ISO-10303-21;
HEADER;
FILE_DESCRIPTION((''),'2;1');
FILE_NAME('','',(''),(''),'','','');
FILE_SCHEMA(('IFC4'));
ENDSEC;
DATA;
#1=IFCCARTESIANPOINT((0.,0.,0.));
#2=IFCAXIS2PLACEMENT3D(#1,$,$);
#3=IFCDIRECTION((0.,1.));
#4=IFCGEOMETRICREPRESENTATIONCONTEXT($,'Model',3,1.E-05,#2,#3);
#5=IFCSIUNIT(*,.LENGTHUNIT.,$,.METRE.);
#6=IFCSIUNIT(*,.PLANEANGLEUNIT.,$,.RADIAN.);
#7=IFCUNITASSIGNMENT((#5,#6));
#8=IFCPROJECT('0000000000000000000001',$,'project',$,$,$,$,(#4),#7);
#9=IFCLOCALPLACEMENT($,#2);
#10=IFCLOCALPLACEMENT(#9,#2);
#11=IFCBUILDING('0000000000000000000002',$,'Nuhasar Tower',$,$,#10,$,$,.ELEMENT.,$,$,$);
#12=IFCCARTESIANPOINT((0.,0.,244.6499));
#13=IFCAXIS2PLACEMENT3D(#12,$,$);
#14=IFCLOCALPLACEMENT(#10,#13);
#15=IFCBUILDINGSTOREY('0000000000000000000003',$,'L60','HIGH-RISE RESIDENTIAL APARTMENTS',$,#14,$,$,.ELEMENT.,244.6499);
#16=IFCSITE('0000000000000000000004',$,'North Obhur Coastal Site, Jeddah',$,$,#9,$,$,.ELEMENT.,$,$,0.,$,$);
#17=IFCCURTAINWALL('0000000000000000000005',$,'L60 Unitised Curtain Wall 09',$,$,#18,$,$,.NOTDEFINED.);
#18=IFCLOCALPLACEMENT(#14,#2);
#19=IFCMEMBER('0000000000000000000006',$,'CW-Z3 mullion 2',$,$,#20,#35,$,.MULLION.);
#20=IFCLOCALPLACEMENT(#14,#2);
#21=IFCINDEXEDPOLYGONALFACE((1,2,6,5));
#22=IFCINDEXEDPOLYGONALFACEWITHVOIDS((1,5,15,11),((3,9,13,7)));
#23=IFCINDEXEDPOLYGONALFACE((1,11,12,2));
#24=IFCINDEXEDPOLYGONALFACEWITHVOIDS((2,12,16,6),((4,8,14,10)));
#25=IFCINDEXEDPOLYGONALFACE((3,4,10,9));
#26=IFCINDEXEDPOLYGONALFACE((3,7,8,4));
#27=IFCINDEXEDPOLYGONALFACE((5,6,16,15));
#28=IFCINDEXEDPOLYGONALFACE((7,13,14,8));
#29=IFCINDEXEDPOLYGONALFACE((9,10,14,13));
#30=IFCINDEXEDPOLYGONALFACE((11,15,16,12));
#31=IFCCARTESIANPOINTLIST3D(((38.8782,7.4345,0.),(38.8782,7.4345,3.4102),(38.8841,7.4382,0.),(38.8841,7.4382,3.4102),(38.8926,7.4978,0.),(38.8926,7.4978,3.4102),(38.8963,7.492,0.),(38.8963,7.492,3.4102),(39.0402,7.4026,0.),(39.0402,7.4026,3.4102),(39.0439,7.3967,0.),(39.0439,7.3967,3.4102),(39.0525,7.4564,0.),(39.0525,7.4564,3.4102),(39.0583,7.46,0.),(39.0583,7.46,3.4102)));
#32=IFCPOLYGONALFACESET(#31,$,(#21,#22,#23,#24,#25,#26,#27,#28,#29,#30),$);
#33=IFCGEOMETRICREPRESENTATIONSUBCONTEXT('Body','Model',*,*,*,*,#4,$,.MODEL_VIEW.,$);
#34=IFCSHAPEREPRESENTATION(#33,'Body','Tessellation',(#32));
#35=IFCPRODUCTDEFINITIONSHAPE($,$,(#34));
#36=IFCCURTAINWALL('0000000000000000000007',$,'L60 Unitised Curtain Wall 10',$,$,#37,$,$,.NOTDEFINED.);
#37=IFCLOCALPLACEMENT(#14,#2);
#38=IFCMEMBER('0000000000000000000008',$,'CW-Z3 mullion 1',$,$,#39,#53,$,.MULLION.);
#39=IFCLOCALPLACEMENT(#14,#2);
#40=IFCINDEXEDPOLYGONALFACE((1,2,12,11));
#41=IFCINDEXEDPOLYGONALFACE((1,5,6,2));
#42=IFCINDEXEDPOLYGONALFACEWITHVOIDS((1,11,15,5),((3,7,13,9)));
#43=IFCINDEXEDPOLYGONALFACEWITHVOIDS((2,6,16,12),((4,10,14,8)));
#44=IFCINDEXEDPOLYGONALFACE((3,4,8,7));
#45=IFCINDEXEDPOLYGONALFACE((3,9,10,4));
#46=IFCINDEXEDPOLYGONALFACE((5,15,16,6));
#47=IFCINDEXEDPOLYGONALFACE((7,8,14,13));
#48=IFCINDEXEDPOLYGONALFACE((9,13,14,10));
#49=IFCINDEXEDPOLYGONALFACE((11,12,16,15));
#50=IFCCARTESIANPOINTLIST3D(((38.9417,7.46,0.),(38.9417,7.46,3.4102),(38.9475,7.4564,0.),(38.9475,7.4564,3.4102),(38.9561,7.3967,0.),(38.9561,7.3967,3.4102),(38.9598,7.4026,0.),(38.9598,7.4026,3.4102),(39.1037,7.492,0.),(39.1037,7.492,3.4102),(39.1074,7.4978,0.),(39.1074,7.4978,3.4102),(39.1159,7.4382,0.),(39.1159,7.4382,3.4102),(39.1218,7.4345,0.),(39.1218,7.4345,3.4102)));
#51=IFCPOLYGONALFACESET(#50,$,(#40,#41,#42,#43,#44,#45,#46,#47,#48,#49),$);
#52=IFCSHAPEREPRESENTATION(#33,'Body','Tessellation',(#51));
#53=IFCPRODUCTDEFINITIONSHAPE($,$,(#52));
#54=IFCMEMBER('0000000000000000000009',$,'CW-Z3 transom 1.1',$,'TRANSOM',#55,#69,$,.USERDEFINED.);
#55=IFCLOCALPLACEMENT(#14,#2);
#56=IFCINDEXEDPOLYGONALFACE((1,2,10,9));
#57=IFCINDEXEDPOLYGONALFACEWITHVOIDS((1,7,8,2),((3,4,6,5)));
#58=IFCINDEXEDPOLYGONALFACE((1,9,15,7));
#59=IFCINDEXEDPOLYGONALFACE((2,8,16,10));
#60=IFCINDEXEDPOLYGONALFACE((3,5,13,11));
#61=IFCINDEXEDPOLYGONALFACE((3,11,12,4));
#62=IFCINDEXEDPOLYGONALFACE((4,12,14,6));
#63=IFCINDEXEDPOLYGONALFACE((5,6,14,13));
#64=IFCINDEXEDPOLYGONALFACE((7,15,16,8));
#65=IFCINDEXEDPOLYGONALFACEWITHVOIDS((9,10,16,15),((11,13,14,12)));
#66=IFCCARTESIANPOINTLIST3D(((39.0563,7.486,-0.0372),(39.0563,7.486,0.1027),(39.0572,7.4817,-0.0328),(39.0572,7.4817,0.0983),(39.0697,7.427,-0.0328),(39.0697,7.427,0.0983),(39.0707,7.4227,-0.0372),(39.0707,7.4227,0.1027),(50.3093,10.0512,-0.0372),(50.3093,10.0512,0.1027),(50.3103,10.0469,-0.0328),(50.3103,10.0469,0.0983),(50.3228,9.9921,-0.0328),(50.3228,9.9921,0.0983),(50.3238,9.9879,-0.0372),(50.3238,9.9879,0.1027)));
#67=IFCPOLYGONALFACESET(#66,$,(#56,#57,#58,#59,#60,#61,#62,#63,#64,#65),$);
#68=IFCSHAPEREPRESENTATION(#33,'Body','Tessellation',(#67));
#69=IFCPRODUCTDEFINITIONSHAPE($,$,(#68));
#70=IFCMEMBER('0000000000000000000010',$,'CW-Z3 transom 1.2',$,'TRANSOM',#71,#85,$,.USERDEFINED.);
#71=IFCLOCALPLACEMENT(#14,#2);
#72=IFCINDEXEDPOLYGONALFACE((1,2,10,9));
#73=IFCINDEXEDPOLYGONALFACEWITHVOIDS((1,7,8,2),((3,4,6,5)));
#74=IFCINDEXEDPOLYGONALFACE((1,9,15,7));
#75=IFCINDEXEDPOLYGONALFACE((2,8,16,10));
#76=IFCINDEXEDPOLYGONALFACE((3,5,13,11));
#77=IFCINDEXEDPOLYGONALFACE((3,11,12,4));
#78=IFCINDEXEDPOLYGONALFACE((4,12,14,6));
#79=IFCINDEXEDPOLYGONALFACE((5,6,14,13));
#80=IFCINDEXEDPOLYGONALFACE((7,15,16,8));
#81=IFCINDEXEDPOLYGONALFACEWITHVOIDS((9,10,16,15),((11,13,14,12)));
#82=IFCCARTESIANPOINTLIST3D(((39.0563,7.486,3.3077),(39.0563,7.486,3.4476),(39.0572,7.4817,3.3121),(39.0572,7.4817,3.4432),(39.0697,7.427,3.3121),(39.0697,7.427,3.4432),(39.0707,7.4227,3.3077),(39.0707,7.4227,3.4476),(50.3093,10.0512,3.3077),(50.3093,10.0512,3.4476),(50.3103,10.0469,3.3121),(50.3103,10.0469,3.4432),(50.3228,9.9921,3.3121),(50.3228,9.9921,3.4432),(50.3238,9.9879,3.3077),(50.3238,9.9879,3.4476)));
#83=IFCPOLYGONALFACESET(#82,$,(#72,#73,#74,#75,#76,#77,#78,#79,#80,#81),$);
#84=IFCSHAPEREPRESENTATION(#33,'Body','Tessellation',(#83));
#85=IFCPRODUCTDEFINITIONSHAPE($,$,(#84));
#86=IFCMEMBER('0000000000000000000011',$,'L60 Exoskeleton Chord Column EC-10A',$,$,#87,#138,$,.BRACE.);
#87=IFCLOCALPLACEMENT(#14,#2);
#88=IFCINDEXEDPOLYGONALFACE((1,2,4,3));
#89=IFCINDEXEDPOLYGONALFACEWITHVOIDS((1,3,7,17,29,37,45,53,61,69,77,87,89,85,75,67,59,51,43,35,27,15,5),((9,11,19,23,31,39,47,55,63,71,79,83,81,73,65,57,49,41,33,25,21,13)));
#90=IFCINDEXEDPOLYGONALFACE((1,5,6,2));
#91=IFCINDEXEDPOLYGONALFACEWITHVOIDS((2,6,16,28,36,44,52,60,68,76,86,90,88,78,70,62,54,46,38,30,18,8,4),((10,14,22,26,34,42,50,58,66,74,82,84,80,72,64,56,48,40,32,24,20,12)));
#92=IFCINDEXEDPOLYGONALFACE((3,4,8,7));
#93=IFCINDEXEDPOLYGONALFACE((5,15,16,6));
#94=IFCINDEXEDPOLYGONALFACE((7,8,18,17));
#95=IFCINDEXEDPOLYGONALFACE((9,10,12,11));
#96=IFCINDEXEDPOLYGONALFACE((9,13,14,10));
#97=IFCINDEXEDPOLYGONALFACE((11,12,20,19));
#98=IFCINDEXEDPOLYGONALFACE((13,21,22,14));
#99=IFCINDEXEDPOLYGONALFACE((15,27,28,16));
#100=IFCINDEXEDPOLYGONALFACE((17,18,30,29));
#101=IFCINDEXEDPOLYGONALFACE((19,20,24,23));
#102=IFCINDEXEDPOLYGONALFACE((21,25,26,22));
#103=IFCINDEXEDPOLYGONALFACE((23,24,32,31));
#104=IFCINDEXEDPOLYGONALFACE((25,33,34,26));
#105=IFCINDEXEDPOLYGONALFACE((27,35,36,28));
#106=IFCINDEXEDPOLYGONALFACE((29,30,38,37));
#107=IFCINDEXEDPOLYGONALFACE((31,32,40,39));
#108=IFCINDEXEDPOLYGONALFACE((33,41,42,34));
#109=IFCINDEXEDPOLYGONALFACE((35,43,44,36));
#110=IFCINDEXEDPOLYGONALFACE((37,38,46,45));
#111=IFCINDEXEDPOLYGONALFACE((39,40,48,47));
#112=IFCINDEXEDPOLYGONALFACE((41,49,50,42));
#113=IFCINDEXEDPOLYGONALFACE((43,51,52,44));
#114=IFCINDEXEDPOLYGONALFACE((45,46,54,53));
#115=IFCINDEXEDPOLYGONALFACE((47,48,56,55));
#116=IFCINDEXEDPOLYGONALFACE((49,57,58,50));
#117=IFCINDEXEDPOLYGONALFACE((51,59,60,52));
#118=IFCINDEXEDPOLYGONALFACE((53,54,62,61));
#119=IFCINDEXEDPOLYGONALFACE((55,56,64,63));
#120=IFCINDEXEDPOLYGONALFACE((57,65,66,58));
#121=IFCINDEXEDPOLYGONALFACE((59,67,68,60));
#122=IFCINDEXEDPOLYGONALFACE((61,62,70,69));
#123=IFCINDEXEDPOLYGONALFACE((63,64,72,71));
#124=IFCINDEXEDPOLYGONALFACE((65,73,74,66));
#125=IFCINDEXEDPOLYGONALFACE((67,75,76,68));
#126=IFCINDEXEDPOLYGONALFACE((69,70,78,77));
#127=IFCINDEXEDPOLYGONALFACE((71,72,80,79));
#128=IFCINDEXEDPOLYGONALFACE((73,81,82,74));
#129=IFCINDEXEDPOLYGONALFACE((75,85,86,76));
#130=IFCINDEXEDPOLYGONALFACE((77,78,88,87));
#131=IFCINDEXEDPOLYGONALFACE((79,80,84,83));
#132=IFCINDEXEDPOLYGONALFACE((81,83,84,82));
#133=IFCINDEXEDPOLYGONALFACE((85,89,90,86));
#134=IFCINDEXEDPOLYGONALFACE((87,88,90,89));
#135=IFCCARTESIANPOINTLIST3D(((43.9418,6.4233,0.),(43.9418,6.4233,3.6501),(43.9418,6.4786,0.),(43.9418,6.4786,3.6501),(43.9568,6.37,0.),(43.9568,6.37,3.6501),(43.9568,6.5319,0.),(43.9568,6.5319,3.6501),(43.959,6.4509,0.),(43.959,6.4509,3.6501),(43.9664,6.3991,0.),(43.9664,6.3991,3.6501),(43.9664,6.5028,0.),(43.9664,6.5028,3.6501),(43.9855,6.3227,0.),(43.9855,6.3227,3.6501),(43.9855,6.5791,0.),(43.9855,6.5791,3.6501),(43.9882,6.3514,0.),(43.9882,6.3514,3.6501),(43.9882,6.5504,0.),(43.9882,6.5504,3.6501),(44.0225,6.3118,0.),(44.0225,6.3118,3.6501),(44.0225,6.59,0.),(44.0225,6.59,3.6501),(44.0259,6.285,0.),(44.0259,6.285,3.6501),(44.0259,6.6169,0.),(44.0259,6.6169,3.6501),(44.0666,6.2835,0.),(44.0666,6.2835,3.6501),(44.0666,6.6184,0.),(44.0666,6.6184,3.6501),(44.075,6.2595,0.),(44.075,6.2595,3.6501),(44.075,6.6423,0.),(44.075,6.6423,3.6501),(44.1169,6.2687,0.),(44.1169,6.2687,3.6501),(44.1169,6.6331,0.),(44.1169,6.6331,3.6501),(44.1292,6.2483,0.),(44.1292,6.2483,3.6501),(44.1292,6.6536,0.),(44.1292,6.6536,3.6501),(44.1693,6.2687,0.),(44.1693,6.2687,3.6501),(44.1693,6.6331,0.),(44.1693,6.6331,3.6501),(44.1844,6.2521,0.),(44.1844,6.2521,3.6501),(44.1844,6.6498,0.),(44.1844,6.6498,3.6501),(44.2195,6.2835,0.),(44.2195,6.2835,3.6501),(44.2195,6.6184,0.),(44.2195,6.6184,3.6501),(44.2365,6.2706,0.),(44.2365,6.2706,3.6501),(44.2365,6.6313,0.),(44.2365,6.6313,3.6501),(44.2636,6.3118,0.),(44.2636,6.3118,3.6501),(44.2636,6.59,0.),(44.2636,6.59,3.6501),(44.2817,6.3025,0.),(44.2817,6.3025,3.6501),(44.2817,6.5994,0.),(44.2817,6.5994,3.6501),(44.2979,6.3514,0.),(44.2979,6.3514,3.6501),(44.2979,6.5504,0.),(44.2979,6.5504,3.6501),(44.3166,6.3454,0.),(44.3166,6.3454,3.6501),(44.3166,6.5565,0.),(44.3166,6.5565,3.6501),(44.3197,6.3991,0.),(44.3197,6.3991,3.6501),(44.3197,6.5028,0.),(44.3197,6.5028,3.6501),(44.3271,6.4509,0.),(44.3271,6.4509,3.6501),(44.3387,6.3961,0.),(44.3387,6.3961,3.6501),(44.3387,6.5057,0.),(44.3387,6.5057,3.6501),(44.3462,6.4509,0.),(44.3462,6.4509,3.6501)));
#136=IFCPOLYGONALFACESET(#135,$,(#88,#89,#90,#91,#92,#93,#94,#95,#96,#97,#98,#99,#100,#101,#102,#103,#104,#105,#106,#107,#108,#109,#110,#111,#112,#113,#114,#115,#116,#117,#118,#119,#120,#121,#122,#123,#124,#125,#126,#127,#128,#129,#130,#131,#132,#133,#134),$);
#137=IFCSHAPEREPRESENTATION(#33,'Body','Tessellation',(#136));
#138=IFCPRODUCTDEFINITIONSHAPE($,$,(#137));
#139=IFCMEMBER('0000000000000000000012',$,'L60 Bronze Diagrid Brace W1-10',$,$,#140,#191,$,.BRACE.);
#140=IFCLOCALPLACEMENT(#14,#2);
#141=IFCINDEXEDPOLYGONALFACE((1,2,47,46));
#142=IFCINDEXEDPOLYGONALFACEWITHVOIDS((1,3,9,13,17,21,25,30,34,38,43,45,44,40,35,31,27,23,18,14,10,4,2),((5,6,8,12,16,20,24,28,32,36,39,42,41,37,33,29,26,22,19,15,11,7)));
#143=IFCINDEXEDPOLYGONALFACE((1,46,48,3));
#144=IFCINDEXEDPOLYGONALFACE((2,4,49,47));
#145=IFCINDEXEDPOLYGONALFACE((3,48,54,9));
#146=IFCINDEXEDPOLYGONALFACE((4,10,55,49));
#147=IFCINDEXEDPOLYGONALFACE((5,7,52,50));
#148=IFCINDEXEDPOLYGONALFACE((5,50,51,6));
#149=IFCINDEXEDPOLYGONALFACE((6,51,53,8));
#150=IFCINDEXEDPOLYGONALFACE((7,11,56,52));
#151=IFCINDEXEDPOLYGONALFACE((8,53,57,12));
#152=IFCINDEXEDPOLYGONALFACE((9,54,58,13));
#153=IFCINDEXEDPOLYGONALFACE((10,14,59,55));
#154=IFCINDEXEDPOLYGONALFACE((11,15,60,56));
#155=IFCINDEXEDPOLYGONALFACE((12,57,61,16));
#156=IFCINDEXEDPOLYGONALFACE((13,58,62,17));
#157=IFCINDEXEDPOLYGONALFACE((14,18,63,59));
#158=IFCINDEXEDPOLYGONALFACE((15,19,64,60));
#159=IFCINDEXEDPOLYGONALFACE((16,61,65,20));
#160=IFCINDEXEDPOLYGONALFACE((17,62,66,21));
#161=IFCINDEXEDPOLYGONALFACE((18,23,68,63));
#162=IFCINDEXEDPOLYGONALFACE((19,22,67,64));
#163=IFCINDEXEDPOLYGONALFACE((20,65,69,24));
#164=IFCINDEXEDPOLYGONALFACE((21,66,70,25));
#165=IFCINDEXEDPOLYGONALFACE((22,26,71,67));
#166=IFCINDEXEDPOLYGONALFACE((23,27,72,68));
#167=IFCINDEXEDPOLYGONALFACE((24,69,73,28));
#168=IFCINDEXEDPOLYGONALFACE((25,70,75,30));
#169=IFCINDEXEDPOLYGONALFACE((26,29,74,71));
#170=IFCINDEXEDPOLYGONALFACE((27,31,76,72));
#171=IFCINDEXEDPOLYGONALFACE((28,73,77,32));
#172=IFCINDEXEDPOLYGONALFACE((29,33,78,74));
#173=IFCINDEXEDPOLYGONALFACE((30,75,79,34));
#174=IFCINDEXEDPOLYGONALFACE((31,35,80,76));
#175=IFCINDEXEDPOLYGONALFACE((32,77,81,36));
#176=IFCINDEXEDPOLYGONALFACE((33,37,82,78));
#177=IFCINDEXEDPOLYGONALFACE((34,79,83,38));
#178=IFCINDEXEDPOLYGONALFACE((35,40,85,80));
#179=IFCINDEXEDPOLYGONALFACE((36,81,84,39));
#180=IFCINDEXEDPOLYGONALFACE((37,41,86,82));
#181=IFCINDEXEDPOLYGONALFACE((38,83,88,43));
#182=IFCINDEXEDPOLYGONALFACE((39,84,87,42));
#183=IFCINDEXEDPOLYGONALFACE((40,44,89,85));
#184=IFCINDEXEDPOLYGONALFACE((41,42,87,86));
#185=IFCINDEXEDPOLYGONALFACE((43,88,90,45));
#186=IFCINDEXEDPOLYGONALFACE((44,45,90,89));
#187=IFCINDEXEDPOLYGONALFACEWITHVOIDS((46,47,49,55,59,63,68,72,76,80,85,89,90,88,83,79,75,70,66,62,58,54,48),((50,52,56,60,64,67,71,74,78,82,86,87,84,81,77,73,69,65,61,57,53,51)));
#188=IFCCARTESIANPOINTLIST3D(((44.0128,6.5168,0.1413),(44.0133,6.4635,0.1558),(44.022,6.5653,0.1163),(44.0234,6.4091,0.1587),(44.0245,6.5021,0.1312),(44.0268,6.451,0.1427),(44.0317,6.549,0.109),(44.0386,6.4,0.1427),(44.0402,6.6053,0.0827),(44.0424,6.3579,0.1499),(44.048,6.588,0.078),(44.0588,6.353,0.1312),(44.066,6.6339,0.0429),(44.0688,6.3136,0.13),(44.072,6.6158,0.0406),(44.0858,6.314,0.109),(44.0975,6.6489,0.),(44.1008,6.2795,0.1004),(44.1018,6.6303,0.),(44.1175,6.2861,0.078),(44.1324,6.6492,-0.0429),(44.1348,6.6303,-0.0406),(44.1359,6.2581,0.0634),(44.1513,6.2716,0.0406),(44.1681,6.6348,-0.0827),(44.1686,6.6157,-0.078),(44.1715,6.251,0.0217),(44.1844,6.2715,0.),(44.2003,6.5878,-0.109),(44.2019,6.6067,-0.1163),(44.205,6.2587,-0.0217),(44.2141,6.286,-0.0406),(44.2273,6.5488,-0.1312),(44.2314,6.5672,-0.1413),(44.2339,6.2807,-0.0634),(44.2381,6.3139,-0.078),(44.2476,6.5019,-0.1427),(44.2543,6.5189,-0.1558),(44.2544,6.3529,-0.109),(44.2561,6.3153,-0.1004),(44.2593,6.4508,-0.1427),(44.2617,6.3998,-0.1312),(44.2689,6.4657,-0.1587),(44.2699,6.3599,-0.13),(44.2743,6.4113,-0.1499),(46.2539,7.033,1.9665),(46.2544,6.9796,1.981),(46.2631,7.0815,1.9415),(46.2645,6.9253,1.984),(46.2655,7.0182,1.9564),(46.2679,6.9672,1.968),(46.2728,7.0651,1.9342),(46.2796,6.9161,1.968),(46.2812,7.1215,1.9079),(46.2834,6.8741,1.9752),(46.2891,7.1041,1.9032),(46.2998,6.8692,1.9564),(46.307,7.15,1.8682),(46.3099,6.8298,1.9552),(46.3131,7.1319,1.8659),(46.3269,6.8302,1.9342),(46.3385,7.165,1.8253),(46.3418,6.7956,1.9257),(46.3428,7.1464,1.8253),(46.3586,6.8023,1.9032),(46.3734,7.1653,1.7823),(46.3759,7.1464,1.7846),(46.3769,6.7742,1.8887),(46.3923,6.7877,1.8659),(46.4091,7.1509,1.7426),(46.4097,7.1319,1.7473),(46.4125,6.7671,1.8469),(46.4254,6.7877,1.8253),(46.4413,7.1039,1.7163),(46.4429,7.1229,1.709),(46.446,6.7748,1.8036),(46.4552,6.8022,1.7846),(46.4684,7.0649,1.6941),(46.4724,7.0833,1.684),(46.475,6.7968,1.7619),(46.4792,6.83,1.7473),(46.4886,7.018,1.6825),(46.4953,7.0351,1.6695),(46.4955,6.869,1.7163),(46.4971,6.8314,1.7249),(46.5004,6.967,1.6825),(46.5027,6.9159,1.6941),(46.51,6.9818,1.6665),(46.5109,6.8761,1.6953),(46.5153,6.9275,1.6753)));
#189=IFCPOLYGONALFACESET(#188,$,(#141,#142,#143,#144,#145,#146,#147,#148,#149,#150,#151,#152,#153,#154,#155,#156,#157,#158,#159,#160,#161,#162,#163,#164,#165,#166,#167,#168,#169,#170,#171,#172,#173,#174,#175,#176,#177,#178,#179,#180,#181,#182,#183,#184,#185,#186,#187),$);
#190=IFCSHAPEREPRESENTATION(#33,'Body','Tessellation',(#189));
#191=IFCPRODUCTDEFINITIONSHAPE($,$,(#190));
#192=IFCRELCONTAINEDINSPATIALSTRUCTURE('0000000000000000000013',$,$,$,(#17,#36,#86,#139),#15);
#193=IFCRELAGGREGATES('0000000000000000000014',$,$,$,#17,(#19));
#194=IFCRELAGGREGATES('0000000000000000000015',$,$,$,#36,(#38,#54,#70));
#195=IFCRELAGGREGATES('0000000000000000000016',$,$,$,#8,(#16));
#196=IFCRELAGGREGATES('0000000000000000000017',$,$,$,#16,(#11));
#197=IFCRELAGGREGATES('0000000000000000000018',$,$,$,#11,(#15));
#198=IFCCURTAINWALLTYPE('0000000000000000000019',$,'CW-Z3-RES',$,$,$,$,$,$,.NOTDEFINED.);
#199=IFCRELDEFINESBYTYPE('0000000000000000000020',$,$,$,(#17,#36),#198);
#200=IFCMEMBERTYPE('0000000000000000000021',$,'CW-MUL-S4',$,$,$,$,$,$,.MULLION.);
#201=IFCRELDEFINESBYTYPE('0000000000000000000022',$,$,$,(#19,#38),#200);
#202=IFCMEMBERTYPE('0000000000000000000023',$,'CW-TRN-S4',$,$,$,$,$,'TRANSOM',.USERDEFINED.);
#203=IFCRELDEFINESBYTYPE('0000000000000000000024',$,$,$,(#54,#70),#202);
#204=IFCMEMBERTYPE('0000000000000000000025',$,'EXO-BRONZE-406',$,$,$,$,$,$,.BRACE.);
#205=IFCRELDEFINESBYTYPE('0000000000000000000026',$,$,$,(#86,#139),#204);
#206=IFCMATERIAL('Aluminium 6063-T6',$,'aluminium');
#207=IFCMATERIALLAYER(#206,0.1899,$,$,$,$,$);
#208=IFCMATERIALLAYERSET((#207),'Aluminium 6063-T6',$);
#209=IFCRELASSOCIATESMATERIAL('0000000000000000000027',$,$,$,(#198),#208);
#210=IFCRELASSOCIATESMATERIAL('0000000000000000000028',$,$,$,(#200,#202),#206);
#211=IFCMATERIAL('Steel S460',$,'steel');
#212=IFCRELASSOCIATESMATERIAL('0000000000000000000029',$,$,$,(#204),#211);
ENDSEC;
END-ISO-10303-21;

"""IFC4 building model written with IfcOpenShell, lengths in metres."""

from ifc_helpers import new_model, si_unit, direction, frame, origin, origin_2d, place, context, subcontext, project, spatial, hollow_rectangle, hollow_circle, extrude, material, layer, layer_set, material_profile, profile_set, type_object, element, aggregate, save


model = new_model("IFC4")

# Units and contexts
model_context = context("Model", 3, precision=1e-05, world=origin(), true_north=direction((0.0, 1.0)))
body_context = subcontext(model_context, "Body", "Model", "MODEL_VIEW")
ifc_project = project(units=[si_unit("LENGTHUNIT", "METRE"), si_unit("PLANEANGLEUNIT", "RADIAN")], contexts=[model_context])

# Site, building, storey
site_placement = place(None, origin())
site = spatial("IfcSite", under=ifc_project, at=site_placement, Name="North Obhur Coastal Site, Jeddah", CompositionType="ELEMENT", RefElevation=0.0)
building_placement = place(site_placement, origin())
building = spatial("IfcBuilding", under=site, at=building_placement, Name="Nuhasar Tower", CompositionType="ELEMENT")
storey_placement = place(building_placement, frame((0.0, 0.0, 244.6499)))
storey = spatial("IfcBuildingStorey", under=building, at=storey_placement, Name="L60", Description="HIGH-RISE RESIDENTIAL APARTMENTS", CompositionType="ELEMENT", Elevation=244.6499)

# Curtain wall, member
ifc_material_1 = material(Name="Aluminium 6063-T6", Category="aluminium")
ifc_layer_1 = layer(ifc_material_1, 0.1899)
ifc_layer_set_1 = layer_set([ifc_layer_1], Name="Aluminium 6063-T6")
curtain_wall_type = type_object("IfcCurtainWallType", Name="CW-Z3-RES", PredefinedType="NOTDEFINED", material=ifc_layer_set_1)
curtain_wall_1_placement = place(storey_placement, origin())
curtain_wall_1 = element("IfcCurtainWall", 1, at=curtain_wall_1_placement, inside=storey, type_object=curtain_wall_type, Name="L60 Unitised Curtain Wall 09", PredefinedType="NOTDEFINED")
ifc_material_profile_1 = material_profile(ifc_material_1, hollow_rectangle(XDim=0.0649, YDim=0.1699, WallThickness=0.0049, at=origin_2d()), Name="CWM-4")
ifc_profile_set_1 = profile_set([ifc_material_profile_1], Name="Aluminium 6063-T6")
member_type_1 = type_object("IfcMemberType", Name="CW-MUL-S4", PredefinedType="MULLION", material=ifc_profile_set_1)
member_1_placement = place(storey_placement, frame((38.9683, 7.4473, 0.0), z_axis=(0.0, 0.0, 1.0), x_axis=(0.222243, 0.974991, 0.0)))
member_1 = element("IfcMember", 2, at=member_1_placement, type_object=member_type_1, Name="CW-Z3 mullion 2", PredefinedType="MULLION", context=body_context, shape_type="SweptSolid", body=[
    extrude(hollow_rectangle(XDim=0.0649, YDim=0.1699, WallThickness=0.0049, at=origin_2d()), origin(), (0.0, 0.0, 1.0), 3.4102),
])
aggregate(curtain_wall_1, [member_1])

# Curtain wall, members
curtain_wall_2_placement = place(storey_placement, origin())
curtain_wall_2 = element("IfcCurtainWall", 3, at=curtain_wall_2_placement, inside=storey, type_object=curtain_wall_type, Name="L60 Unitised Curtain Wall 10", PredefinedType="NOTDEFINED")
member_2_placement = place(storey_placement, frame((39.0317, 7.4473, 0.0), z_axis=(0.0, 0.0, 1.0), x_axis=(-0.222243, 0.974991, 0.0)))
member_2 = element("IfcMember", 4, at=member_2_placement, type_object=member_type_1, Name="CW-Z3 mullion 1", PredefinedType="MULLION", context=body_context, shape_type="SweptSolid", body=[
    extrude(hollow_rectangle(XDim=0.0649, YDim=0.1699, WallThickness=0.0049, at=origin_2d()), origin(), (0.0, 0.0, 1.0), 3.4102),
])
ifc_material_profile_2 = material_profile(ifc_material_1, hollow_rectangle(XDim=0.0649, YDim=0.1399, WallThickness=0.0044, at=origin_2d()), Name="CWT-4")
ifc_profile_set_2 = profile_set([ifc_material_profile_2], Name="Aluminium 6063-T6")
member_type_2 = type_object("IfcMemberType", Name="CW-TRN-S4", ElementType="TRANSOM", PredefinedType="USERDEFINED", material=ifc_profile_set_2)
member_3_placement = place(storey_placement, frame((39.0635, 7.4543, 0.0327), z_axis=(0.974989, 0.222251, 0.0), x_axis=(-0.222251, 0.974989, 0.0)))
member_3 = element("IfcMember", 5, at=member_3_placement, type_object=member_type_2, Name="CW-Z3 transom 1.1", ObjectType="TRANSOM", PredefinedType="USERDEFINED", context=body_context, shape_type="SweptSolid", body=[
    extrude(hollow_rectangle(XDim=0.0649, YDim=0.1399, WallThickness=0.0044, at=origin_2d()), origin(), (0.0, 0.0, 1.0), 11.5417),
])
member_4_placement = place(storey_placement, frame((39.0635, 7.4543, 3.3777), z_axis=(0.974989, 0.222251, 0.0), x_axis=(-0.222251, 0.974989, 0.0)))
member_4 = element("IfcMember", 6, at=member_4_placement, type_object=member_type_2, Name="CW-Z3 transom 1.2", ObjectType="TRANSOM", PredefinedType="USERDEFINED", context=body_context, shape_type="SweptSolid", body=[
    extrude(hollow_rectangle(XDim=0.0649, YDim=0.1399, WallThickness=0.0044, at=origin_2d()), origin(), (0.0, 0.0, 1.0), 11.5417),
])

# Members
ifc_material_2 = material(Name="Steel S460", Category="steel")
ifc_material_profile_3 = material_profile(ifc_material_2, hollow_circle(Radius=0.2031, WallThickness=0.019, at=origin_2d()), Name="HSS406.4X19.1")
ifc_profile_set_3 = profile_set([ifc_material_profile_3], Name="Steel S460")
member_type_3 = type_object("IfcMemberType", Name="EXO-BRONZE-406", PredefinedType="BRACE", material=ifc_profile_set_3)
member_5_placement = place(storey_placement, frame((44.1431, 6.4509, 0.0), z_axis=(0.0, 0.0, 1.0), x_axis=(1.0, 0.0, 0.0)))
element("IfcMember", 7, at=member_5_placement, inside=storey, type_object=member_type_3, Name="L60 Exoskeleton Chord Column EC-10A", PredefinedType="BRACE", context=body_context, shape_type="SweptSolid", body=[
    extrude(hollow_circle(Radius=0.2031, WallThickness=0.019, at=origin_2d()), origin(), (0.0, 0.0, 1.0), 3.6501),
])
member_6_placement = place(storey_placement, frame((44.1431, 6.4509, 0.0), z_axis=(0.763292, 0.175793, 0.621677), x_axis=(-0.224433, 0.97449, 0.0)))
element("IfcMember", 8, at=member_6_placement, inside=storey, type_object=member_type_3, Name="L60 Bronze Diagrid Brace W1-10", PredefinedType="BRACE", context=body_context, shape_type="SweptSolid", body=[
    extrude(hollow_circle(Radius=0.2031, WallThickness=0.019, at=origin_2d()), origin(), (0.0, 0.0, 1.0), 2.936),
])

aggregate(curtain_wall_2, [member_2, member_3, member_4])

save(model, "model.ifc")
